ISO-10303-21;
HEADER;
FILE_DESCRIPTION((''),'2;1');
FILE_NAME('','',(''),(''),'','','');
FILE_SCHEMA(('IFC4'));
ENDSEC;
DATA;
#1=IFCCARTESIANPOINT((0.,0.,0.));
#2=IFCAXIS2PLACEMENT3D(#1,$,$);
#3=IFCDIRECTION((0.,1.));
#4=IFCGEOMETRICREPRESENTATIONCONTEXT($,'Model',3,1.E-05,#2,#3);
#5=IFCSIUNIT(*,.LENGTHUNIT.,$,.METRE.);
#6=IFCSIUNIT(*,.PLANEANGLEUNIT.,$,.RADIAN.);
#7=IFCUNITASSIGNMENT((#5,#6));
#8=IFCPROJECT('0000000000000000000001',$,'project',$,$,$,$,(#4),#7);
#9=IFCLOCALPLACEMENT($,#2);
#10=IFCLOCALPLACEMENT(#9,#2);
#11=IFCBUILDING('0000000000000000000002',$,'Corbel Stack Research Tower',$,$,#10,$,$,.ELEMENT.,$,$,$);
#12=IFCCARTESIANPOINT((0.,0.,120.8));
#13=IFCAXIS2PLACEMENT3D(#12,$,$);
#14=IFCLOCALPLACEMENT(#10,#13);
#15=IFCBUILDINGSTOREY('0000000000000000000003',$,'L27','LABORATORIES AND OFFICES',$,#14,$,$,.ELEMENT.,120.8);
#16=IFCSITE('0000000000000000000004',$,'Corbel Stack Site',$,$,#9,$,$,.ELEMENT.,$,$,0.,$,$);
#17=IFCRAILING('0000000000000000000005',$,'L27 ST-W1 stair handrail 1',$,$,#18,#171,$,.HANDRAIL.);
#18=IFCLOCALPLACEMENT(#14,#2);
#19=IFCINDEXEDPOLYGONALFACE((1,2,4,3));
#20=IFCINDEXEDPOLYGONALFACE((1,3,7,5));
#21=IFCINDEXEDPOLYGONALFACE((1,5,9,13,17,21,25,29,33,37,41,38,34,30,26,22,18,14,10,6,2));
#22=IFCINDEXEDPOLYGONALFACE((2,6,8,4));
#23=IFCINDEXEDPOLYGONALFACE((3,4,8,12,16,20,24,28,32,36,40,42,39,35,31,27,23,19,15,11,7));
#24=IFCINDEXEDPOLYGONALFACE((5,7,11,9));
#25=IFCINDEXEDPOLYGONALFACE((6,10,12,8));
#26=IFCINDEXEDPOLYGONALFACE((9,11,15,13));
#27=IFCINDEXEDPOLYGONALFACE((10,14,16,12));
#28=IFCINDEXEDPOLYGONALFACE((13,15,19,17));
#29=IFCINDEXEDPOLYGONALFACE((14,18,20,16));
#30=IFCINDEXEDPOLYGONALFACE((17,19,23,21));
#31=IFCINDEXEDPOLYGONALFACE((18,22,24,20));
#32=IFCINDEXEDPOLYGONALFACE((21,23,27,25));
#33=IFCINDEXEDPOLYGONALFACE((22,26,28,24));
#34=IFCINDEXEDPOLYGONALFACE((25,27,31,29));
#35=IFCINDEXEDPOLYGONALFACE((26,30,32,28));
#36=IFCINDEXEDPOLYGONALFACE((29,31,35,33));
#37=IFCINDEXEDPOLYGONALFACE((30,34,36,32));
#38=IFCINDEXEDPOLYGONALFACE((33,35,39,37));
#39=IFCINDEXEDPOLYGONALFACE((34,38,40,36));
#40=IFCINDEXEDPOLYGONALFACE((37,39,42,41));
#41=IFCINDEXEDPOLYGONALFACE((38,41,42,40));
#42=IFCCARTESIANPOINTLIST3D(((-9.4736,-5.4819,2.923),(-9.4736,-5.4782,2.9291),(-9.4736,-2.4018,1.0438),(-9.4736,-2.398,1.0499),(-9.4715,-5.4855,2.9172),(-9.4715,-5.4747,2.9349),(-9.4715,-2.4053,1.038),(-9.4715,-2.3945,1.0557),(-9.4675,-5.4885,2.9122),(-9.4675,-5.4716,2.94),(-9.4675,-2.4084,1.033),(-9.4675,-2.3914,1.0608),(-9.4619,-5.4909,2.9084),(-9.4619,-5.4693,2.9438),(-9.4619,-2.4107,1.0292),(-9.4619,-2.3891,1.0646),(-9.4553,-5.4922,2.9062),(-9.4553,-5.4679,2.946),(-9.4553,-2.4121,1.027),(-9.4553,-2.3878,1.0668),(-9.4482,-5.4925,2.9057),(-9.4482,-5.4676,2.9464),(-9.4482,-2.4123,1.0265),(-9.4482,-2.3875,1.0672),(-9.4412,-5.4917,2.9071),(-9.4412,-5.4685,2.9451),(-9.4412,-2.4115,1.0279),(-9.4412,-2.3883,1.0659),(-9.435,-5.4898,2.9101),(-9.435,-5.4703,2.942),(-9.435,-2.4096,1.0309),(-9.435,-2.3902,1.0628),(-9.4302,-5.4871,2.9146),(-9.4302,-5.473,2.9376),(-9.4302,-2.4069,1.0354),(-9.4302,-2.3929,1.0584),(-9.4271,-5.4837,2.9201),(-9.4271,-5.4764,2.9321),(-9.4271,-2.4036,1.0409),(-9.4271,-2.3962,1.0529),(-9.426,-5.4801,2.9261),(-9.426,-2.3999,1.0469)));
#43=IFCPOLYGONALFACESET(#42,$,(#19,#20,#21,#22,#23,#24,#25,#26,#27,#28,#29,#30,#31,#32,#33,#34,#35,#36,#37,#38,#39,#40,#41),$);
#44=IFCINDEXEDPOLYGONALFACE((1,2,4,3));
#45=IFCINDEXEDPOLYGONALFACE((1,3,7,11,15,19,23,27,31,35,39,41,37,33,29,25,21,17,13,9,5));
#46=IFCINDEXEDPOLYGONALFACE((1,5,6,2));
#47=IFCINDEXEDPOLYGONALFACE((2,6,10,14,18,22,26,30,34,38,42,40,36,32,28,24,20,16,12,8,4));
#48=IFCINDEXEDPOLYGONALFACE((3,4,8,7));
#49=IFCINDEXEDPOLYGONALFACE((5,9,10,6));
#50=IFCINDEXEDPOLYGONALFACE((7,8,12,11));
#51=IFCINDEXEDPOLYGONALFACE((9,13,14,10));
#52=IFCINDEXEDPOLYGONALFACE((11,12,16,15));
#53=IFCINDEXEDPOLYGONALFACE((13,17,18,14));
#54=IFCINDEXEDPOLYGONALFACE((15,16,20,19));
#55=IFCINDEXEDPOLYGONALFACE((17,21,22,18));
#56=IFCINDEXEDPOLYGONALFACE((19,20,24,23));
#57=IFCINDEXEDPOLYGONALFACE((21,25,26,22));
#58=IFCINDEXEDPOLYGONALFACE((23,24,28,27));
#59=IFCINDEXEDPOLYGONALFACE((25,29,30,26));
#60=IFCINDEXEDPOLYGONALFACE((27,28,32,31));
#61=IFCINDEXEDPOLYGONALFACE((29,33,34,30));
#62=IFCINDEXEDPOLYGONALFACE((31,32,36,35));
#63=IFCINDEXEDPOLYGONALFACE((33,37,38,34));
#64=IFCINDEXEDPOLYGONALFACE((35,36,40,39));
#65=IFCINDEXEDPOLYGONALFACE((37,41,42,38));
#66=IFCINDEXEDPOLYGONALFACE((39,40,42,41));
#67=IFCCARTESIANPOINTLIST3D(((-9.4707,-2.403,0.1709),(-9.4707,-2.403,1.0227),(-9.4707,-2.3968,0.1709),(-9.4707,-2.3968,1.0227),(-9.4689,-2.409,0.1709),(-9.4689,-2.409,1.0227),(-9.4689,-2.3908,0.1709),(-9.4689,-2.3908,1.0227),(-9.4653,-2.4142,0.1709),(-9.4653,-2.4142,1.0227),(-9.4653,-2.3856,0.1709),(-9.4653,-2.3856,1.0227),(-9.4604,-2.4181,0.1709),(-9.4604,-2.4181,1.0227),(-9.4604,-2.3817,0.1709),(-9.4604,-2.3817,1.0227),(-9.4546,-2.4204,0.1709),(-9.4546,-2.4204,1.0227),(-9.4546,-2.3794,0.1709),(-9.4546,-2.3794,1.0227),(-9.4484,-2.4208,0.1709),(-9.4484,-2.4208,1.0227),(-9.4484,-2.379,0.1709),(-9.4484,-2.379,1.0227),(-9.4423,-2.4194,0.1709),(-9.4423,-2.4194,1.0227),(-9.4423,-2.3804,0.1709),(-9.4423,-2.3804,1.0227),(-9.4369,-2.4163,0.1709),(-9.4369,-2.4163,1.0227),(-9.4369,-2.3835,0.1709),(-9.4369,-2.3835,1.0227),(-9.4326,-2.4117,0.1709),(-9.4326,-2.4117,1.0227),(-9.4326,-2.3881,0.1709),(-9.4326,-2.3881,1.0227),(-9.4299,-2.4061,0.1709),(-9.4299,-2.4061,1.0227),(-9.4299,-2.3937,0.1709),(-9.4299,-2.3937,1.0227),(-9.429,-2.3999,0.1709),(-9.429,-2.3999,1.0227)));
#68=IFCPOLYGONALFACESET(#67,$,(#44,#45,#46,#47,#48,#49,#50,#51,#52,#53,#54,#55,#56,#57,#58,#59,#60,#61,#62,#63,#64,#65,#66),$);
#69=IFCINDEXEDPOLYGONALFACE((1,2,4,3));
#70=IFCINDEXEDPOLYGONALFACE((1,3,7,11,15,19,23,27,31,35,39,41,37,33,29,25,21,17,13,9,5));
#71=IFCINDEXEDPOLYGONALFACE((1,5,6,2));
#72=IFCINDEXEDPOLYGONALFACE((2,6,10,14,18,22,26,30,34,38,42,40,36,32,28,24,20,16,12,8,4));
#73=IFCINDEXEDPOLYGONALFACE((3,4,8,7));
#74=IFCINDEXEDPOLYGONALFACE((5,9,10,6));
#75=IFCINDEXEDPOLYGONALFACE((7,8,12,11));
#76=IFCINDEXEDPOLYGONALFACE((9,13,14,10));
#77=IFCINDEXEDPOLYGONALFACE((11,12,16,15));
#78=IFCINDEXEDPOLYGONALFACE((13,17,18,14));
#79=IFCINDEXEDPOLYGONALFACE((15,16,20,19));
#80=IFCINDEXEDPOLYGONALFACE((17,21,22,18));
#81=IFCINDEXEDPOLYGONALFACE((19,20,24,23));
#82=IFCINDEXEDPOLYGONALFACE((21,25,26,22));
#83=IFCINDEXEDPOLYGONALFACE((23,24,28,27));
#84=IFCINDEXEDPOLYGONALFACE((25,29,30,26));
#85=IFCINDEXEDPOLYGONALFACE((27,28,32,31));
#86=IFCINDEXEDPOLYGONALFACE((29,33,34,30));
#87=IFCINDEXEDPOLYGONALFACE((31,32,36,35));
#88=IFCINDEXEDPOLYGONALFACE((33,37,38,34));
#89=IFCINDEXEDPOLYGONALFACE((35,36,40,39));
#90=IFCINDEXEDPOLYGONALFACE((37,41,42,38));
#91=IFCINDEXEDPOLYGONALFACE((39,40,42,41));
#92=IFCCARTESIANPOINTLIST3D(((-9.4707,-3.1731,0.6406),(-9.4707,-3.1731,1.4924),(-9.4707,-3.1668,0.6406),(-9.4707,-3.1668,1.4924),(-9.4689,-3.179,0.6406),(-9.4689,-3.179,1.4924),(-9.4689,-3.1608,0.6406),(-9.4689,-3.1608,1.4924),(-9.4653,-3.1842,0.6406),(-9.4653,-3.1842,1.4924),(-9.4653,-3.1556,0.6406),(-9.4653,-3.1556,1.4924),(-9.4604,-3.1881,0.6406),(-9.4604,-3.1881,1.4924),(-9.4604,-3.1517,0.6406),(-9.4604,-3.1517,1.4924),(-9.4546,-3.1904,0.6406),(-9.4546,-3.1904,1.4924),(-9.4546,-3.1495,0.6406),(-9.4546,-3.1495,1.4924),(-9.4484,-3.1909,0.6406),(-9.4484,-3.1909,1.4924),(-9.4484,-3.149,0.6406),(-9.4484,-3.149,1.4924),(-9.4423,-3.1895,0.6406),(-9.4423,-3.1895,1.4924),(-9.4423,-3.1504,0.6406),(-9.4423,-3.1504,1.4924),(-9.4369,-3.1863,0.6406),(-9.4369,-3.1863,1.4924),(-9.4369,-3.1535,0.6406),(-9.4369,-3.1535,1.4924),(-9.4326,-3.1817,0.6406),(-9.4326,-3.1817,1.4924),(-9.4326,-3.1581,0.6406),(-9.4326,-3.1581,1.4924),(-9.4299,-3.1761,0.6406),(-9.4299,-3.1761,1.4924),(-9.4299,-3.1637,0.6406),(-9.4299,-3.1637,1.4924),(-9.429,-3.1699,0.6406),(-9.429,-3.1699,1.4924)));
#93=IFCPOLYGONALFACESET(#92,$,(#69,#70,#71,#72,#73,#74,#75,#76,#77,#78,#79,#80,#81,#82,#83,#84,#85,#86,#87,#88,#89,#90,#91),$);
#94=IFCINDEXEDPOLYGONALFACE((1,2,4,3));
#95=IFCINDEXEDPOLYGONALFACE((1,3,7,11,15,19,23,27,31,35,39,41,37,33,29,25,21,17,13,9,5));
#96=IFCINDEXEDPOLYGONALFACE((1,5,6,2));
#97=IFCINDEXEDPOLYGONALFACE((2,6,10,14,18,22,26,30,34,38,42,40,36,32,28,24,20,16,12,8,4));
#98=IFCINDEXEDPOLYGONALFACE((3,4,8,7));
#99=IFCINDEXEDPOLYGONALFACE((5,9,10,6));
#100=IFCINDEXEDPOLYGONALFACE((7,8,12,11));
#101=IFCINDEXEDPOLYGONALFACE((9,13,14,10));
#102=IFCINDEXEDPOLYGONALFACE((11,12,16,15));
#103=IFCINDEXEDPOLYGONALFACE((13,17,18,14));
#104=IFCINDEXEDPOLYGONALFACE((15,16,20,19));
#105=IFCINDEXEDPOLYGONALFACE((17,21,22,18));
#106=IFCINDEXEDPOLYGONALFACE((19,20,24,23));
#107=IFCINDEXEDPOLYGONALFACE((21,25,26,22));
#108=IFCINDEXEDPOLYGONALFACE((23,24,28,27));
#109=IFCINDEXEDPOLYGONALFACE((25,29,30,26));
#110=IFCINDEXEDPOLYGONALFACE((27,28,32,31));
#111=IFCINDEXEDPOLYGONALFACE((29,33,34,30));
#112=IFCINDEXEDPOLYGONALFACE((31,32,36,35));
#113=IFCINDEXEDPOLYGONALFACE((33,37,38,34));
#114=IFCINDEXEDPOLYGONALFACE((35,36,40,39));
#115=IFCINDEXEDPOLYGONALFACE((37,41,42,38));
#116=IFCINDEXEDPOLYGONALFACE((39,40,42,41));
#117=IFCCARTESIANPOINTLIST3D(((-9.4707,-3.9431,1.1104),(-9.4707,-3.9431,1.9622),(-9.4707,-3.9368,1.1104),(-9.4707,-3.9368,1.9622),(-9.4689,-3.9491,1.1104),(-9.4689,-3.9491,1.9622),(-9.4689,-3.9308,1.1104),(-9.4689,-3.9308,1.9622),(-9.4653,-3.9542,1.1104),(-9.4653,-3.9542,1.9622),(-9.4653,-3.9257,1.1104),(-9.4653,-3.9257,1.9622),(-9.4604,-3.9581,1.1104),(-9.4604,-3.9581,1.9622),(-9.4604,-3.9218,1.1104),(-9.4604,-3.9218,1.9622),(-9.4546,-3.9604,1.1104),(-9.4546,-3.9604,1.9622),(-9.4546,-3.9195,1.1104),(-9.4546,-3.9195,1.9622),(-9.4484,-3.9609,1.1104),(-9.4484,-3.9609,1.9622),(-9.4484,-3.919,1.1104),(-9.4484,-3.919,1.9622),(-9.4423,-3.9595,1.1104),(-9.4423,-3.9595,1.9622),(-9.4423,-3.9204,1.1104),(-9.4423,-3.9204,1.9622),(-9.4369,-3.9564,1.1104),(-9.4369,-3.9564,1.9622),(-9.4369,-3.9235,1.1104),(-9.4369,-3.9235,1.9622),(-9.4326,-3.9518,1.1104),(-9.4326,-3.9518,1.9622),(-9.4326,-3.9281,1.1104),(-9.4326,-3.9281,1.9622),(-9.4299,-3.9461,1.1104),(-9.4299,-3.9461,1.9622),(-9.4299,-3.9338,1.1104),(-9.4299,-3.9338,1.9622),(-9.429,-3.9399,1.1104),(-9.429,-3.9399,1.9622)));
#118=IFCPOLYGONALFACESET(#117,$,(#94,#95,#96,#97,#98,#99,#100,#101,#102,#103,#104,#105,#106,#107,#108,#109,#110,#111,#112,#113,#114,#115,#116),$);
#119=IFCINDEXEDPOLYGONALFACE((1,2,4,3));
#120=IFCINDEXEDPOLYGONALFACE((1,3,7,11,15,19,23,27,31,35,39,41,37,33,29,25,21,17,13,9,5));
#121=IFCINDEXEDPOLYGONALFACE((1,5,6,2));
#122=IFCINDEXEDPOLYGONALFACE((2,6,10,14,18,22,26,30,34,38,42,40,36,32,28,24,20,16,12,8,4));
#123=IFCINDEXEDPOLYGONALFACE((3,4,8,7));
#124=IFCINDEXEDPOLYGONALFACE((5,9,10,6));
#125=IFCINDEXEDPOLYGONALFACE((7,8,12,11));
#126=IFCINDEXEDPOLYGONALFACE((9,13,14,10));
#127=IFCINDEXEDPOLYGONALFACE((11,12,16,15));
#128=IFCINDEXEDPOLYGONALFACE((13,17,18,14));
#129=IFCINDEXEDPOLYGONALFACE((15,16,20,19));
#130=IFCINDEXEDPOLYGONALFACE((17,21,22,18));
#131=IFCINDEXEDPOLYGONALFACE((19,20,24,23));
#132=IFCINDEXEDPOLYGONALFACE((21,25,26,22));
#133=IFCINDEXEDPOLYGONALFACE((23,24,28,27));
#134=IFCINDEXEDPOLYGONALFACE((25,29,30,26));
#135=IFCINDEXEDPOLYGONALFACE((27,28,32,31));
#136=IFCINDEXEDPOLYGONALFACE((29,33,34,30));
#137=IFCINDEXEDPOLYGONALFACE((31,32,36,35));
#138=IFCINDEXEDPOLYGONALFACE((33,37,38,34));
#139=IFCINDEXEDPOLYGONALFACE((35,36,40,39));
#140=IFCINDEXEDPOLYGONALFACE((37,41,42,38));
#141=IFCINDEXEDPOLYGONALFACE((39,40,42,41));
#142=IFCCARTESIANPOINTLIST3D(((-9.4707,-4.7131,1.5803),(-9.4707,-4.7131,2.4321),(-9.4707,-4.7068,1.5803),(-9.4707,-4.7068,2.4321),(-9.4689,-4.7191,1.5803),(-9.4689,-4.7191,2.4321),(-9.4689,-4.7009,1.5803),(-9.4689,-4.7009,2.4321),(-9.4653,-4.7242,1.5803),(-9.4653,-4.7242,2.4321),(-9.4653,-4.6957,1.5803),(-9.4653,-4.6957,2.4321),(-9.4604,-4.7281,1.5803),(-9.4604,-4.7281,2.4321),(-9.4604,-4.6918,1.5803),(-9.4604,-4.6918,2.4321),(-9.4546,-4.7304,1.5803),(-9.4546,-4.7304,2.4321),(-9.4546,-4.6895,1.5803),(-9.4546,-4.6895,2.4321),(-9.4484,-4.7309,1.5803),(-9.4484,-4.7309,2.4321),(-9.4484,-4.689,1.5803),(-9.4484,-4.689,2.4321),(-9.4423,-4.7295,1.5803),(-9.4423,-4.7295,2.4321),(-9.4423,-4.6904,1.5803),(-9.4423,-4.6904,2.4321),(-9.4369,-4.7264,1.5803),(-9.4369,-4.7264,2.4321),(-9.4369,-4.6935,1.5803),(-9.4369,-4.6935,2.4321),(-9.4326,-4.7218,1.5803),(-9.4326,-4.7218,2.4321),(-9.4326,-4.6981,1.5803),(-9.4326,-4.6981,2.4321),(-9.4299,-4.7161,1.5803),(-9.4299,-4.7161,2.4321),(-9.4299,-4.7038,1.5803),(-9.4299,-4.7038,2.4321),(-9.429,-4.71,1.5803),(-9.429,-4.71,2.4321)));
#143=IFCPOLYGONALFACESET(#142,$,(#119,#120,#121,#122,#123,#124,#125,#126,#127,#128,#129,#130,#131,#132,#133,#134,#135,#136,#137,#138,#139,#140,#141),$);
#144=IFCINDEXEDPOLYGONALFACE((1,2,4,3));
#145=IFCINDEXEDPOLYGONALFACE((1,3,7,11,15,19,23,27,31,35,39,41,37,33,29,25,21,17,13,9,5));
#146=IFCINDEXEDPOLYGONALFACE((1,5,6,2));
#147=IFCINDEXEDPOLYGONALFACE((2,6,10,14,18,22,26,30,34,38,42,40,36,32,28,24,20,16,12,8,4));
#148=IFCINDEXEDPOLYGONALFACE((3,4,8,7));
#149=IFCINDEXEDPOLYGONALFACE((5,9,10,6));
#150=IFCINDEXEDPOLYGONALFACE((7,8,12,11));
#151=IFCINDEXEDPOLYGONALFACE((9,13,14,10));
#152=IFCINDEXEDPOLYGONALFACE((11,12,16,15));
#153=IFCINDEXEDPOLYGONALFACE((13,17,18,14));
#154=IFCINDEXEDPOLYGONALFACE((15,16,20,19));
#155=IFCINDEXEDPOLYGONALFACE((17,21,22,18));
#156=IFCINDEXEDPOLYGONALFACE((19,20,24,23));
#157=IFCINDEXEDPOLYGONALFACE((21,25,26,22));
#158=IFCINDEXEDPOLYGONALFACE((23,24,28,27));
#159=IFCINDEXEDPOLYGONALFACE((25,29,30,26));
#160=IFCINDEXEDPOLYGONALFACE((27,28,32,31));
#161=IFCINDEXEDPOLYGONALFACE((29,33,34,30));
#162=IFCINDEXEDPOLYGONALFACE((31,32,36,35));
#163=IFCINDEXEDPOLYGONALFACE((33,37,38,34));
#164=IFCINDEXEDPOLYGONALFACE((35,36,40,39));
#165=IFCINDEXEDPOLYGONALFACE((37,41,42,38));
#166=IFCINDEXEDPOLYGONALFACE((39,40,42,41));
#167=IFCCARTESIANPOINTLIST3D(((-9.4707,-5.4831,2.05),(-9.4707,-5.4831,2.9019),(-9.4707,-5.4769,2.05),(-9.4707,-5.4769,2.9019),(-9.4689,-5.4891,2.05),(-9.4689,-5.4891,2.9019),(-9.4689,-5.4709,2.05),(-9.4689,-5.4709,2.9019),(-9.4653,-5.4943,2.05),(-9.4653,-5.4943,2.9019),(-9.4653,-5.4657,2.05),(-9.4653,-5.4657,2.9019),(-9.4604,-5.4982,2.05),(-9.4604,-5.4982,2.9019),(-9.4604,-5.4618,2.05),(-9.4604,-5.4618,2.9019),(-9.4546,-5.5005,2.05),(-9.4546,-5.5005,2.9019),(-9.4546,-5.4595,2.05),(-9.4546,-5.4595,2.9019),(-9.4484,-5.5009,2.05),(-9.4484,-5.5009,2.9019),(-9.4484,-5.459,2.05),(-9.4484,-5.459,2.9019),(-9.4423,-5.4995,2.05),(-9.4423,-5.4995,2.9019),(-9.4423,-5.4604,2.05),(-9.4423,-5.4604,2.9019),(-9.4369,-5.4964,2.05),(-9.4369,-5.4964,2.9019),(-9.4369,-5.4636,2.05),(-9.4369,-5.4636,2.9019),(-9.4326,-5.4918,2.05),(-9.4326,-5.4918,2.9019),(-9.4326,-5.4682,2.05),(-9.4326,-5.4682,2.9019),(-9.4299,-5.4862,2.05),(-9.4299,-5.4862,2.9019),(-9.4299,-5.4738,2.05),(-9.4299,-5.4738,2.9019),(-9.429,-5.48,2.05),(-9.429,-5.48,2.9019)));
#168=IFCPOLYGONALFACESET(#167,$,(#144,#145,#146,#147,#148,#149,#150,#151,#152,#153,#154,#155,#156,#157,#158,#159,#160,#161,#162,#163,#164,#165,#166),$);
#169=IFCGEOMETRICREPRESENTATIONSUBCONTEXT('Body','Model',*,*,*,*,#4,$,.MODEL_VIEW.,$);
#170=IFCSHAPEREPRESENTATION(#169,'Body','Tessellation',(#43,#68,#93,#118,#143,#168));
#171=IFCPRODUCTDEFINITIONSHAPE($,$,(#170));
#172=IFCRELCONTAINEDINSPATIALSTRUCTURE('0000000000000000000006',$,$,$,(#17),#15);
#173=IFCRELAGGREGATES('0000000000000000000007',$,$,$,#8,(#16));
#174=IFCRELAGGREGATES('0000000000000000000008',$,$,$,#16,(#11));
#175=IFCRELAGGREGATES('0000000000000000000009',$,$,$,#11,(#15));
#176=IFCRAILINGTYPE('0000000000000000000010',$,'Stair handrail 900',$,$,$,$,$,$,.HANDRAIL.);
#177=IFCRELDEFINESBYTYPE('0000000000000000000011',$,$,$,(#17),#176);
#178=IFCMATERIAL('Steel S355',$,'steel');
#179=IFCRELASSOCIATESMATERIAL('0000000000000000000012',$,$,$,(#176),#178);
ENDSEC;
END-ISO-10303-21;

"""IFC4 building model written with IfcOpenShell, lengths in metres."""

from ifc_helpers import new_model, si_unit, direction, frame, origin, origin_2d, place, context, subcontext, project, spatial, circle, extrude, material, type_object, element, save


model = new_model("IFC4")

# Units and contexts
model_context = context("Model", 3, precision=1e-05, world=origin(), true_north=direction((0.0, 1.0)))
body_context = subcontext(model_context, "Body", "Model", "MODEL_VIEW")
ifc_project = project(units=[si_unit("LENGTHUNIT", "METRE"), si_unit("PLANEANGLEUNIT", "RADIAN")], contexts=[model_context])

# Site, building, storey
site_placement = place(None, origin())
site = spatial("IfcSite", under=ifc_project, at=site_placement, Name="Corbel Stack Site", CompositionType="ELEMENT", RefElevation=0.0)
building_placement = place(site_placement, origin())
building = spatial("IfcBuilding", under=site, at=building_placement, Name="Corbel Stack Research Tower", CompositionType="ELEMENT")
storey_placement = place(building_placement, frame((0.0, 0.0, 120.8)))
storey = spatial("IfcBuildingStorey", under=building, at=storey_placement, Name="L27", Description="LABORATORIES AND OFFICES", CompositionType="ELEMENT", Elevation=120.8)

# Railing
ifc_material_1 = material(Name="Steel S355", Category="steel")
railing_type_1 = type_object("IfcRailingType", Name="Stair handrail 900", PredefinedType="HANDRAIL", material=ifc_material_1)
railing_1_placement = place(storey_placement, frame((-9.45, -2.3999, 0.1709)))
element("IfcRailing", 1, at=railing_1_placement, inside=storey, type_object=railing_type_1, Name="L27 ST-W1 stair handrail 1", PredefinedType="HANDRAIL", context=body_context, shape_type="SweptSolid", body=[
    extrude(circle(Radius=0.0239, at=origin_2d()), frame((0.0, 0.0, 0.876), z_axis=(0.0, -0.853666, 0.52082), x_axis=(1.0, 0.0, 0.0)), (0.0, 0.0, 1.0), 3.6082),
    extrude(circle(Radius=0.021, at=origin_2d()), origin(), (0.0, 0.0, 1.0), 0.8518),
    extrude(circle(Radius=0.021, at=origin_2d()), frame((0.0, -0.77, 0.4697)), (0.0, 0.0, 1.0), 0.8518),
    extrude(circle(Radius=0.021, at=origin_2d()), frame((0.0, -1.54, 0.9395)), (0.0, 0.0, 1.0), 0.8518),
    extrude(circle(Radius=0.021, at=origin_2d()), frame((0.0, -2.3101, 1.4094)), (0.0, 0.0, 1.0), 0.8518),
    extrude(circle(Radius=0.021, at=origin_2d()), frame((0.0, -3.0801, 1.8792)), (0.0, 0.0, 1.0), 0.8518),
])

save(model, "model.ifc")
